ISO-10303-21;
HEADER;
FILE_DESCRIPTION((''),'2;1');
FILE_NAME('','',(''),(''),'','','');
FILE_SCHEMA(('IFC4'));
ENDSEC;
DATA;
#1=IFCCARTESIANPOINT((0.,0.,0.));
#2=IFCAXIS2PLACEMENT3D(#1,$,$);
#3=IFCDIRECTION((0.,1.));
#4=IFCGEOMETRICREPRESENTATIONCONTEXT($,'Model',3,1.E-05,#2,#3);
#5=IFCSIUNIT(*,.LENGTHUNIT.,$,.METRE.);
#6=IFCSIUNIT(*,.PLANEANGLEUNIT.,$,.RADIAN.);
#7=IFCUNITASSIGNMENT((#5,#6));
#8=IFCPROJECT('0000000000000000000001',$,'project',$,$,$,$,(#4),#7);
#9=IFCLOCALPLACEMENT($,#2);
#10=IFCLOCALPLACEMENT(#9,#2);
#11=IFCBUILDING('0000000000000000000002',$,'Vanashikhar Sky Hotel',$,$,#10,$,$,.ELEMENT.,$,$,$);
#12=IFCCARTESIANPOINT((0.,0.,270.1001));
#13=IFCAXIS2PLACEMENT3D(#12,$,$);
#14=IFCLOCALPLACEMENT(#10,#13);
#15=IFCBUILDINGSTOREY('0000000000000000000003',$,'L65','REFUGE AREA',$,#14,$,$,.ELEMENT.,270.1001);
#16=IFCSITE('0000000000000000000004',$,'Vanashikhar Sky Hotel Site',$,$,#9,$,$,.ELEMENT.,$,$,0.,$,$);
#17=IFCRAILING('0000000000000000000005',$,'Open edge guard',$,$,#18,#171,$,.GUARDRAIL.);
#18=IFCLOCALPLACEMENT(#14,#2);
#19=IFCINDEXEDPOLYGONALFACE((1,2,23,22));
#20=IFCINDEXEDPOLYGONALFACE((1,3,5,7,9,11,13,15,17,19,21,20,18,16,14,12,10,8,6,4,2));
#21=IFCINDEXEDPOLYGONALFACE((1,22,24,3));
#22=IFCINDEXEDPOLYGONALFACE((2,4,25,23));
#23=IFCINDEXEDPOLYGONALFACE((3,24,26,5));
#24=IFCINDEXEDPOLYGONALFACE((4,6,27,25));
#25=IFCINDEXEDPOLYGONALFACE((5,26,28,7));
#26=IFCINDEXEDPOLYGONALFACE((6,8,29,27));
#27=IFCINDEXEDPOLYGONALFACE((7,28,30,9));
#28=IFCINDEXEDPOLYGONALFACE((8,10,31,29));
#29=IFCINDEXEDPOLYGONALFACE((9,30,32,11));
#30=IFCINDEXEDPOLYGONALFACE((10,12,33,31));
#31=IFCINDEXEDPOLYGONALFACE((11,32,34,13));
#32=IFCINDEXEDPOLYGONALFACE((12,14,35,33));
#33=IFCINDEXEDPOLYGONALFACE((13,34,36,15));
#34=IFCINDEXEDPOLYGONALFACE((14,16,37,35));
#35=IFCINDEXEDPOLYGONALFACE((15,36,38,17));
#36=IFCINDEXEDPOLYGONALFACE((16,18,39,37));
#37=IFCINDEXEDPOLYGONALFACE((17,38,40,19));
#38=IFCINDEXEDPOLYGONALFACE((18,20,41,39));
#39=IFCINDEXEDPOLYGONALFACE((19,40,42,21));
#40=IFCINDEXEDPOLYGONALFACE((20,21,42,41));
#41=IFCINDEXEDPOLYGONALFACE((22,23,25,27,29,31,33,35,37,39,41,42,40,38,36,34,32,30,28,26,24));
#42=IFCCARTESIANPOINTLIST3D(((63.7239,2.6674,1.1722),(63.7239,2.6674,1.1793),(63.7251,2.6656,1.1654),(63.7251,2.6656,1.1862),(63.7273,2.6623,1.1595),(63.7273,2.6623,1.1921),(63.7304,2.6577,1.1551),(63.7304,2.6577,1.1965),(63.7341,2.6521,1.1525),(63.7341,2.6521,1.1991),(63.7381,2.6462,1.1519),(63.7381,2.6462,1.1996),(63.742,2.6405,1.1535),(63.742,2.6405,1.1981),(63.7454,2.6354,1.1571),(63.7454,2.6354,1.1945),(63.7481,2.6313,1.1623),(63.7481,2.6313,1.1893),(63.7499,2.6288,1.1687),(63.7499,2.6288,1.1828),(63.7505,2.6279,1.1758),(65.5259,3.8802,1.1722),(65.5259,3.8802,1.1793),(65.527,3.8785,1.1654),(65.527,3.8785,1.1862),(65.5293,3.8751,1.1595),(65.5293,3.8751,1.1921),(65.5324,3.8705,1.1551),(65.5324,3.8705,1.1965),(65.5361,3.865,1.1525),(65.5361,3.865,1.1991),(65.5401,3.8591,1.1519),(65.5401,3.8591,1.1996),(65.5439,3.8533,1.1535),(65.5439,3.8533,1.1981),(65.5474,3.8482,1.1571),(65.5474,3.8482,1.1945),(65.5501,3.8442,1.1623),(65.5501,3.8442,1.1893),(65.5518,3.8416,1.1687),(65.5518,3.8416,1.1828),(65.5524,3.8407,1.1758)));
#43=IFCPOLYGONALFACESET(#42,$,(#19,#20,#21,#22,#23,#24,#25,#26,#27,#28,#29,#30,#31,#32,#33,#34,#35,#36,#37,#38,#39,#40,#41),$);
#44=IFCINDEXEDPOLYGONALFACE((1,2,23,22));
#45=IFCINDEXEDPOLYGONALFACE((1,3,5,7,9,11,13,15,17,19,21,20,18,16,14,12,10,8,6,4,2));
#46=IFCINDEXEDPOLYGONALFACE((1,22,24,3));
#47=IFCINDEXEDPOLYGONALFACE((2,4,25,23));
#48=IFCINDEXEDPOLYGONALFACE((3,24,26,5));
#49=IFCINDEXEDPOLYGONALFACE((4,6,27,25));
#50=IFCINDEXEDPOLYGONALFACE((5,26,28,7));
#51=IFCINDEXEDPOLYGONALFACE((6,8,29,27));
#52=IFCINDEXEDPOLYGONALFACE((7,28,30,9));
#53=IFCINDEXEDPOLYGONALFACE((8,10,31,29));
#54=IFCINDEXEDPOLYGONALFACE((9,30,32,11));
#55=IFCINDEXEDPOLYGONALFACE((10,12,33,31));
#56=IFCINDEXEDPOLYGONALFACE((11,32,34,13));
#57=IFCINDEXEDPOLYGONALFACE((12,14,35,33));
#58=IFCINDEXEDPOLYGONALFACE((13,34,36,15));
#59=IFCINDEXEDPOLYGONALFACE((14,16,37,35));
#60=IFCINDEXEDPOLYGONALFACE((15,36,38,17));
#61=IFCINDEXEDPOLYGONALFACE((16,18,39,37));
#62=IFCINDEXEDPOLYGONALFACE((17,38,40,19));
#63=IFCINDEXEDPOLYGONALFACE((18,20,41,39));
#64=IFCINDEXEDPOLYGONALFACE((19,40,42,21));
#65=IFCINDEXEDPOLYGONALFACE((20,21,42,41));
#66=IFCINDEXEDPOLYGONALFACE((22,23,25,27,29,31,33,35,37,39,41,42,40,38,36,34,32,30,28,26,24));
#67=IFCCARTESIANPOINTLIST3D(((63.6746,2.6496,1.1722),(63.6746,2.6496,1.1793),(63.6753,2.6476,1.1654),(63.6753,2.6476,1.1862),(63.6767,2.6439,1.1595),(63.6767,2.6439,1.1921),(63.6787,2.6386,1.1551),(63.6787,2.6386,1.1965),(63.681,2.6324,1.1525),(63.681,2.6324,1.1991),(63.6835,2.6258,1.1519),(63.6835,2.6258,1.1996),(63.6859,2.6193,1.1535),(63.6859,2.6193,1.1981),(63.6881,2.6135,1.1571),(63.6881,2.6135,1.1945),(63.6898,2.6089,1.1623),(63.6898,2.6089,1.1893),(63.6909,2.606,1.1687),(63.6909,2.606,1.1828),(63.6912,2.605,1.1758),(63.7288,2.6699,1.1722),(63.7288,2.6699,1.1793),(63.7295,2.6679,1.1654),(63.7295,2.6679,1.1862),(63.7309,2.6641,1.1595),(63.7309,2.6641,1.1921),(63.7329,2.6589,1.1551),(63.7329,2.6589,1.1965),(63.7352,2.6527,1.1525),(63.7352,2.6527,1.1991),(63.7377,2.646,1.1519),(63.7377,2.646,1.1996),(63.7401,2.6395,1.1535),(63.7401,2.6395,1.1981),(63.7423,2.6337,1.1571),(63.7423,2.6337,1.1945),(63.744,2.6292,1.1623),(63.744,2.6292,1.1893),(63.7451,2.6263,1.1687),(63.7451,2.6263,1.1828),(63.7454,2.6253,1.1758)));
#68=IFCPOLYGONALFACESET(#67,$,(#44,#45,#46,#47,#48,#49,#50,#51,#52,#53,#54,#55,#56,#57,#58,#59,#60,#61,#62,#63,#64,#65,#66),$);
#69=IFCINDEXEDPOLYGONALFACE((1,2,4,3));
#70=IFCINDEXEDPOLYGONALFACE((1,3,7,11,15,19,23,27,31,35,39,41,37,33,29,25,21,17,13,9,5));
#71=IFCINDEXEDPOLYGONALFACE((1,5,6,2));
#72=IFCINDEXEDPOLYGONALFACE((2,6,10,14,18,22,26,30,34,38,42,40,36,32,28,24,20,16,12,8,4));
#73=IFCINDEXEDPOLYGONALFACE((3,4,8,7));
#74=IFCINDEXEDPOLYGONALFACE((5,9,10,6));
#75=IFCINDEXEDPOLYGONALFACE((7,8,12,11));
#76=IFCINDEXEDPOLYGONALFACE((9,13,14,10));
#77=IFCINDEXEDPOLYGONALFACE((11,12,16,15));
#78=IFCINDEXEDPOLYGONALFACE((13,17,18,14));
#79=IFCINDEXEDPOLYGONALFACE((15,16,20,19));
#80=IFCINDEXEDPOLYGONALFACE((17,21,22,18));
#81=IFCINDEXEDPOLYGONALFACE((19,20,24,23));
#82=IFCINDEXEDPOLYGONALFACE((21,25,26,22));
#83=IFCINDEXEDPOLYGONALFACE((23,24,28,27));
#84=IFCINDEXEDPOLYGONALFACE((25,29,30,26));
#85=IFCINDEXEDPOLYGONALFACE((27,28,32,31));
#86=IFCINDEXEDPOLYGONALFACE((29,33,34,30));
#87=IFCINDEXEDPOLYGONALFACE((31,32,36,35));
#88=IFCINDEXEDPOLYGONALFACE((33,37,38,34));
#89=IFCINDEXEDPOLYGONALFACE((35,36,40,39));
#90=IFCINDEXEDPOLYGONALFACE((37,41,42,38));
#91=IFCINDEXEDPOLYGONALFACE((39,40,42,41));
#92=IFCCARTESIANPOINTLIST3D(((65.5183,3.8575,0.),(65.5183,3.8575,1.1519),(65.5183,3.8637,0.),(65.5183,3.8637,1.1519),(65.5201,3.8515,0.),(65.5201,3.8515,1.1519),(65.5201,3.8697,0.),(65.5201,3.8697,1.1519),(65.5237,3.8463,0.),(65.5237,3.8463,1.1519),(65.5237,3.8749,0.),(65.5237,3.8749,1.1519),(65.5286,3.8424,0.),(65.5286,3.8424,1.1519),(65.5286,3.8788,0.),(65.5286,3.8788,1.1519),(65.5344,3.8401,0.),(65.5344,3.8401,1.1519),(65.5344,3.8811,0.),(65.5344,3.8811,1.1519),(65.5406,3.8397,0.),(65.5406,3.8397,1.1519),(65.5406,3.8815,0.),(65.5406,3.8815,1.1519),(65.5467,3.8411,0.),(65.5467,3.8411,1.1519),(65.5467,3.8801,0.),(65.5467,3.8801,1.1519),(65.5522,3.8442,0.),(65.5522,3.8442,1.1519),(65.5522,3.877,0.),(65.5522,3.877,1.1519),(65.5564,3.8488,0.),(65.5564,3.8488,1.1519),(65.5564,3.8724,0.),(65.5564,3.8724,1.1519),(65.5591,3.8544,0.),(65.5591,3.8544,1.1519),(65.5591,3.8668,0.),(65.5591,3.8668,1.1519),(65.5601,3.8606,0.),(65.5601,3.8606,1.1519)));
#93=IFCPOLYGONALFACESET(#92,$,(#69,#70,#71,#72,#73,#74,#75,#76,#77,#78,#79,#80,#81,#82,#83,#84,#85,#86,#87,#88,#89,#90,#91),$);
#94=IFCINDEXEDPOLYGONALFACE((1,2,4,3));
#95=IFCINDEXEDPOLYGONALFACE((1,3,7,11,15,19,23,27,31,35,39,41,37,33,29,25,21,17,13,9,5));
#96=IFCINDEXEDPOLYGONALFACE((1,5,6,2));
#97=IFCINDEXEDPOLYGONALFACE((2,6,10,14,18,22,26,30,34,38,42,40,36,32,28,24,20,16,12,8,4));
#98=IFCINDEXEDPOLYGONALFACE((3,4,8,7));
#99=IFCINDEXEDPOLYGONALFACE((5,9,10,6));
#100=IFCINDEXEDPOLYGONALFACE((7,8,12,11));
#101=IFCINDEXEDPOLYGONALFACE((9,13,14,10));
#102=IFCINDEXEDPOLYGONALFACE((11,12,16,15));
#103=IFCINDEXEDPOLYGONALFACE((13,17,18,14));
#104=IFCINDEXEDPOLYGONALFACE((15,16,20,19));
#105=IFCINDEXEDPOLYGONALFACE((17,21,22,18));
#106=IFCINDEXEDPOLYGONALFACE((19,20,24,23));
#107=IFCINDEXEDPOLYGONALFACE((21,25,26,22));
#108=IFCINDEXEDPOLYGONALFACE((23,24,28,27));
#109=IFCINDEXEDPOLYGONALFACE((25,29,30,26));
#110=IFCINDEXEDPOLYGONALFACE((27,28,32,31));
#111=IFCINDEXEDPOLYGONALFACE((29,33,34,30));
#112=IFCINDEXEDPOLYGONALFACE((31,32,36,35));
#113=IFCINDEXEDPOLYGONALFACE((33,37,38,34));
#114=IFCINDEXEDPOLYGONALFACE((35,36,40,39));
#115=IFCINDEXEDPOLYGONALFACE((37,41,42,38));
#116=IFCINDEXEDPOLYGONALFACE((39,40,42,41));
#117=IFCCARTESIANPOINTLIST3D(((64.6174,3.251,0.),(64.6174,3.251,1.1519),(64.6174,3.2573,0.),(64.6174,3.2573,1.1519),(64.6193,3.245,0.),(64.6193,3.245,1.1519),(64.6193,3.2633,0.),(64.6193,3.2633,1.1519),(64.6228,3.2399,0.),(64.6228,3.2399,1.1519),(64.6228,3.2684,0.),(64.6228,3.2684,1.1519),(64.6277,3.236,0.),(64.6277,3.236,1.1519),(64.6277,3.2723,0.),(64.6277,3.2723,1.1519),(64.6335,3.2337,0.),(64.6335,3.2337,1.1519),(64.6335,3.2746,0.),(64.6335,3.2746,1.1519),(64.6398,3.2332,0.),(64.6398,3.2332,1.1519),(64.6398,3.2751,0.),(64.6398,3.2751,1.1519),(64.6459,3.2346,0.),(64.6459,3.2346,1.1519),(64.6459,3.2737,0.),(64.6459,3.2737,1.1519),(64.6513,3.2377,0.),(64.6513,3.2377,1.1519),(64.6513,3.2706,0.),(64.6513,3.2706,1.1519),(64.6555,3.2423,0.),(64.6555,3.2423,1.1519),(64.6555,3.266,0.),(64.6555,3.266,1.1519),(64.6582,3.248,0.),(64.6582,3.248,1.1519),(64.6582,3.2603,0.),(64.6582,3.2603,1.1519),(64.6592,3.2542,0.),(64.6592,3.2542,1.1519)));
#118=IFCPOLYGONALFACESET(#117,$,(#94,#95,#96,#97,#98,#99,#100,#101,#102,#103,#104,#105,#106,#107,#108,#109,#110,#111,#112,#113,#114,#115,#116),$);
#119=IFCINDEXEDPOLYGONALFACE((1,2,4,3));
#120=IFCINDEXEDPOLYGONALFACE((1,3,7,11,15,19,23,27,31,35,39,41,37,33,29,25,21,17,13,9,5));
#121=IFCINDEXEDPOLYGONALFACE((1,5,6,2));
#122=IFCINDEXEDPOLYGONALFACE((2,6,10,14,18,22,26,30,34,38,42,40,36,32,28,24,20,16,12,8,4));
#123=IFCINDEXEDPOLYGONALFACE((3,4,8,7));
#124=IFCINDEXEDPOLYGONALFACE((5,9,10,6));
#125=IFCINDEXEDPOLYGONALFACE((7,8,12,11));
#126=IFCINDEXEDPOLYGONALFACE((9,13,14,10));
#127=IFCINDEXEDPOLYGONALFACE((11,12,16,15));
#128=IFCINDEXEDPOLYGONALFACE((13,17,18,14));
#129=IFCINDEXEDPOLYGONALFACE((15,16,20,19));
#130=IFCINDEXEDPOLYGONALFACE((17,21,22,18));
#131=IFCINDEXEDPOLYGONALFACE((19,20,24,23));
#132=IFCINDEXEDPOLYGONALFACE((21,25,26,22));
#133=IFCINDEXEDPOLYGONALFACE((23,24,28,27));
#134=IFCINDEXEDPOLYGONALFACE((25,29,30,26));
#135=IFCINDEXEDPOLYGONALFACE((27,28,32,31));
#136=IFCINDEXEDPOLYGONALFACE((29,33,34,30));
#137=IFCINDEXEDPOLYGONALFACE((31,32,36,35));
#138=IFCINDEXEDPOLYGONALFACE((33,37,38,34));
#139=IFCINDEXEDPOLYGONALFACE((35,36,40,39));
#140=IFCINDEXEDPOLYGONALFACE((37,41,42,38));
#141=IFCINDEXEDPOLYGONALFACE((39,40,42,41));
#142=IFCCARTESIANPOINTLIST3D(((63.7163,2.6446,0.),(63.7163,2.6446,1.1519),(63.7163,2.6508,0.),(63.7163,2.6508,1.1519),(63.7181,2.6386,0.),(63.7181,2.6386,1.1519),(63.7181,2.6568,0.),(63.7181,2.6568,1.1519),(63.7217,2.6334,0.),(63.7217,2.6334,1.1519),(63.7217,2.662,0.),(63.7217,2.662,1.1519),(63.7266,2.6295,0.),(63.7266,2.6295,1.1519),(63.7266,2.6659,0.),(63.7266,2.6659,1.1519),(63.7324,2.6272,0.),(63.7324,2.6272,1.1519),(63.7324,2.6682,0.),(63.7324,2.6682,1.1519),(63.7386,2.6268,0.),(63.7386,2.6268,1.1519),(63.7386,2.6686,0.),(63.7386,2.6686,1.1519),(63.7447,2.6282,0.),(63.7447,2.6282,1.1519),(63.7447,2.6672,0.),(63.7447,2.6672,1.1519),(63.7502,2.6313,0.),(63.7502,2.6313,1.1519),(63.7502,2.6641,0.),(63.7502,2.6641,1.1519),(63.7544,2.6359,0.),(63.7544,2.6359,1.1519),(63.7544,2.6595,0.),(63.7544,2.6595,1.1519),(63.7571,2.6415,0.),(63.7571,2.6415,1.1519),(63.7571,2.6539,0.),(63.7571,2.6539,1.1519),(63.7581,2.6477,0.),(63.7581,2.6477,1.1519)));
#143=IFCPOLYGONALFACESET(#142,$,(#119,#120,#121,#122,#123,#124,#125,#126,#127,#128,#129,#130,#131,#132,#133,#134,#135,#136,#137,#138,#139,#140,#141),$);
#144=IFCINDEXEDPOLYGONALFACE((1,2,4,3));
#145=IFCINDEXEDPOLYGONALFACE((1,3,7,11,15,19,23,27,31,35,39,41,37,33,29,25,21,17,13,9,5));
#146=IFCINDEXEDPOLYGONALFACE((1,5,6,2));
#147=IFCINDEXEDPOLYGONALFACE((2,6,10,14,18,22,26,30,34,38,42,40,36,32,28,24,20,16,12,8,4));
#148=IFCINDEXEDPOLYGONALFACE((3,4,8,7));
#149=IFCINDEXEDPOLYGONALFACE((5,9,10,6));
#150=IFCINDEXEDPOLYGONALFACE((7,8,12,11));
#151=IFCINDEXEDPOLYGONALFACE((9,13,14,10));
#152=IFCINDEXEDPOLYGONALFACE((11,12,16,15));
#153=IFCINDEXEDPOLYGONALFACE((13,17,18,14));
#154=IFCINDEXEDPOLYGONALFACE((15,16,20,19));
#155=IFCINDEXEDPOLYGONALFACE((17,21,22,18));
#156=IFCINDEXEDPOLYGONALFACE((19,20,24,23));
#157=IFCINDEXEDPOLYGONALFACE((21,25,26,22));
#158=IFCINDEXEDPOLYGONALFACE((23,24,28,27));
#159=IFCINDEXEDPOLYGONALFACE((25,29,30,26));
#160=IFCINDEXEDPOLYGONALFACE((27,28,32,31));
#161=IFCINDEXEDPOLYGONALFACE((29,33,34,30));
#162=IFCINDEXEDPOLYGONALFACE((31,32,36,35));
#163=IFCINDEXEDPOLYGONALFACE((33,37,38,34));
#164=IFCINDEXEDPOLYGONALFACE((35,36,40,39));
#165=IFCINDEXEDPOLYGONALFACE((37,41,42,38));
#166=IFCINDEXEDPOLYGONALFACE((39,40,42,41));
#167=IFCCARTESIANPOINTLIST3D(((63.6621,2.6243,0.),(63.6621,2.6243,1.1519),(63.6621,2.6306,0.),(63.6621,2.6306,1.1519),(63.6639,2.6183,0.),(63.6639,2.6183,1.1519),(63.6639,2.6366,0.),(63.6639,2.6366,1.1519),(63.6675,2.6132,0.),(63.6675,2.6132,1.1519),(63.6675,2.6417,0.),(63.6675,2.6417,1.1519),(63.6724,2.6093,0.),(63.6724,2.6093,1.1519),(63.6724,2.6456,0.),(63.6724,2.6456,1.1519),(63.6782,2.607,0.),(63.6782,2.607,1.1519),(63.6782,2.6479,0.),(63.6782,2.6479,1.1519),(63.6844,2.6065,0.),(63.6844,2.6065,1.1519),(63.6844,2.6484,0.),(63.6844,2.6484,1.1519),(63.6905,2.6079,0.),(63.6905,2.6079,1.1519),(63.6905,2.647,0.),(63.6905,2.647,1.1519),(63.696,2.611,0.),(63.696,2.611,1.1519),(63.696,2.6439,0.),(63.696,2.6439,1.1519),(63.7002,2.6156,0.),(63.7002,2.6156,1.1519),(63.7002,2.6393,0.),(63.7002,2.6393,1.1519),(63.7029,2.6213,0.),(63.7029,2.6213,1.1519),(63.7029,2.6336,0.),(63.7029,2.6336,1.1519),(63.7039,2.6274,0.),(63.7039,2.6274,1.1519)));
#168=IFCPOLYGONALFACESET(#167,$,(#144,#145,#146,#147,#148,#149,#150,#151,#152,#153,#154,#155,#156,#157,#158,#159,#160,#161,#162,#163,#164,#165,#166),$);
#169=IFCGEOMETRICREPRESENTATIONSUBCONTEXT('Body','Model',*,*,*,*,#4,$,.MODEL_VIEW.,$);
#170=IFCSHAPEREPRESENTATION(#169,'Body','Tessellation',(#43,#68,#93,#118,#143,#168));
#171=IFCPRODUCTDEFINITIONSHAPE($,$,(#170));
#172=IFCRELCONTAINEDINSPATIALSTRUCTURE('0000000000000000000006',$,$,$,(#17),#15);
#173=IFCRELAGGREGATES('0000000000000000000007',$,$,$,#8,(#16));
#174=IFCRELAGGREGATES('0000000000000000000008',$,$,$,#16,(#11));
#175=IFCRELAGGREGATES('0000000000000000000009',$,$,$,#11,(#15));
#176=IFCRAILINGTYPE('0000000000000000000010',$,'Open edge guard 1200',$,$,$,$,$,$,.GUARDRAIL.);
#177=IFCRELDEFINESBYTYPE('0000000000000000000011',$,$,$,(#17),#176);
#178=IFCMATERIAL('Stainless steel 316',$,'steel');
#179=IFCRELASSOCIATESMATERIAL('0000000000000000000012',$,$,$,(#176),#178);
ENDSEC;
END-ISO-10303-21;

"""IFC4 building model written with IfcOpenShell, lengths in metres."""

from ifc_helpers import new_model, si_unit, direction, frame, origin, origin_2d, place, context, subcontext, project, spatial, circle, extrude, source, transform, mapped, material, type_object, element, save


model = new_model("IFC4")

# Units and contexts
model_context = context("Model", 3, precision=1e-05, world=origin(), true_north=direction((0.0, 1.0)))
body_context = subcontext(model_context, "Body", "Model", "MODEL_VIEW")
ifc_project = project(units=[si_unit("LENGTHUNIT", "METRE"), si_unit("PLANEANGLEUNIT", "RADIAN")], contexts=[model_context])

# Site, building, storey
site_placement = place(None, origin())
site = spatial("IfcSite", under=ifc_project, at=site_placement, Name="Vanashikhar Sky Hotel Site", CompositionType="ELEMENT", RefElevation=0.0)
building_placement = place(site_placement, origin())
building = spatial("IfcBuilding", under=site, at=building_placement, Name="Vanashikhar Sky Hotel", CompositionType="ELEMENT")
storey_placement = place(building_placement, frame((0.0, 0.0, 270.1001)))
storey = spatial("IfcBuildingStorey", under=building, at=storey_placement, Name="L65", Description="REFUGE AREA", CompositionType="ELEMENT", Elevation=270.1001)

# Railing
ifc_material_1 = material(Name="Stainless steel 316", Category="steel")
railing_type = type_object("IfcRailingType", Name="Open edge guard 1200", PredefinedType="GUARDRAIL", material=ifc_material_1)
shared_shape_1 = source(origin(), body_context, "Body", "SweptSolid", [
    extrude(circle(Radius=0.0239, at=origin_2d()), frame((0.0, 0.0, 1.1758), z_axis=(-0.829587, -0.558378, 0.0), x_axis=(0.558378, -0.829587, 0.0)), (0.0, 0.0, 1.0), 2.1721),
    extrude(circle(Radius=0.0239, at=origin_2d()), frame((-1.802, -1.2129, 1.1758), z_axis=(-0.936676, -0.350199, 0.0), x_axis=(0.350199, -0.936676, 0.0)), (0.0, 0.0, 1.0), 0.0579),
    extrude(circle(Radius=0.021, at=origin_2d()), origin(), (0.0, 0.0, 1.0), 1.1519),
    extrude(circle(Radius=0.021, at=origin_2d()), frame((-0.9009, -0.6064, 0.0)), (0.0, 0.0, 1.0), 1.1519),
    extrude(circle(Radius=0.021, at=origin_2d()), frame((-1.802, -1.2129, 0.0)), (0.0, 0.0, 1.0), 1.1519),
    extrude(circle(Radius=0.021, at=origin_2d()), frame((-1.8562, -1.2332, 0.0)), (0.0, 0.0, 1.0), 1.1519),
])
railing_1_placement = place(storey_placement, frame((65.5391, 3.8606, 0.0)))
element("IfcRailing", 1, at=railing_1_placement, inside=storey, type_object=railing_type, Name="Open edge guard", PredefinedType="GUARDRAIL", context=body_context, shape_type="MappedRepresentation", body=[
    mapped(shared_shape_1, transform((0.0, 0.0, 0.0), scale=1.0)),
])

save(model, "model.ifc")
